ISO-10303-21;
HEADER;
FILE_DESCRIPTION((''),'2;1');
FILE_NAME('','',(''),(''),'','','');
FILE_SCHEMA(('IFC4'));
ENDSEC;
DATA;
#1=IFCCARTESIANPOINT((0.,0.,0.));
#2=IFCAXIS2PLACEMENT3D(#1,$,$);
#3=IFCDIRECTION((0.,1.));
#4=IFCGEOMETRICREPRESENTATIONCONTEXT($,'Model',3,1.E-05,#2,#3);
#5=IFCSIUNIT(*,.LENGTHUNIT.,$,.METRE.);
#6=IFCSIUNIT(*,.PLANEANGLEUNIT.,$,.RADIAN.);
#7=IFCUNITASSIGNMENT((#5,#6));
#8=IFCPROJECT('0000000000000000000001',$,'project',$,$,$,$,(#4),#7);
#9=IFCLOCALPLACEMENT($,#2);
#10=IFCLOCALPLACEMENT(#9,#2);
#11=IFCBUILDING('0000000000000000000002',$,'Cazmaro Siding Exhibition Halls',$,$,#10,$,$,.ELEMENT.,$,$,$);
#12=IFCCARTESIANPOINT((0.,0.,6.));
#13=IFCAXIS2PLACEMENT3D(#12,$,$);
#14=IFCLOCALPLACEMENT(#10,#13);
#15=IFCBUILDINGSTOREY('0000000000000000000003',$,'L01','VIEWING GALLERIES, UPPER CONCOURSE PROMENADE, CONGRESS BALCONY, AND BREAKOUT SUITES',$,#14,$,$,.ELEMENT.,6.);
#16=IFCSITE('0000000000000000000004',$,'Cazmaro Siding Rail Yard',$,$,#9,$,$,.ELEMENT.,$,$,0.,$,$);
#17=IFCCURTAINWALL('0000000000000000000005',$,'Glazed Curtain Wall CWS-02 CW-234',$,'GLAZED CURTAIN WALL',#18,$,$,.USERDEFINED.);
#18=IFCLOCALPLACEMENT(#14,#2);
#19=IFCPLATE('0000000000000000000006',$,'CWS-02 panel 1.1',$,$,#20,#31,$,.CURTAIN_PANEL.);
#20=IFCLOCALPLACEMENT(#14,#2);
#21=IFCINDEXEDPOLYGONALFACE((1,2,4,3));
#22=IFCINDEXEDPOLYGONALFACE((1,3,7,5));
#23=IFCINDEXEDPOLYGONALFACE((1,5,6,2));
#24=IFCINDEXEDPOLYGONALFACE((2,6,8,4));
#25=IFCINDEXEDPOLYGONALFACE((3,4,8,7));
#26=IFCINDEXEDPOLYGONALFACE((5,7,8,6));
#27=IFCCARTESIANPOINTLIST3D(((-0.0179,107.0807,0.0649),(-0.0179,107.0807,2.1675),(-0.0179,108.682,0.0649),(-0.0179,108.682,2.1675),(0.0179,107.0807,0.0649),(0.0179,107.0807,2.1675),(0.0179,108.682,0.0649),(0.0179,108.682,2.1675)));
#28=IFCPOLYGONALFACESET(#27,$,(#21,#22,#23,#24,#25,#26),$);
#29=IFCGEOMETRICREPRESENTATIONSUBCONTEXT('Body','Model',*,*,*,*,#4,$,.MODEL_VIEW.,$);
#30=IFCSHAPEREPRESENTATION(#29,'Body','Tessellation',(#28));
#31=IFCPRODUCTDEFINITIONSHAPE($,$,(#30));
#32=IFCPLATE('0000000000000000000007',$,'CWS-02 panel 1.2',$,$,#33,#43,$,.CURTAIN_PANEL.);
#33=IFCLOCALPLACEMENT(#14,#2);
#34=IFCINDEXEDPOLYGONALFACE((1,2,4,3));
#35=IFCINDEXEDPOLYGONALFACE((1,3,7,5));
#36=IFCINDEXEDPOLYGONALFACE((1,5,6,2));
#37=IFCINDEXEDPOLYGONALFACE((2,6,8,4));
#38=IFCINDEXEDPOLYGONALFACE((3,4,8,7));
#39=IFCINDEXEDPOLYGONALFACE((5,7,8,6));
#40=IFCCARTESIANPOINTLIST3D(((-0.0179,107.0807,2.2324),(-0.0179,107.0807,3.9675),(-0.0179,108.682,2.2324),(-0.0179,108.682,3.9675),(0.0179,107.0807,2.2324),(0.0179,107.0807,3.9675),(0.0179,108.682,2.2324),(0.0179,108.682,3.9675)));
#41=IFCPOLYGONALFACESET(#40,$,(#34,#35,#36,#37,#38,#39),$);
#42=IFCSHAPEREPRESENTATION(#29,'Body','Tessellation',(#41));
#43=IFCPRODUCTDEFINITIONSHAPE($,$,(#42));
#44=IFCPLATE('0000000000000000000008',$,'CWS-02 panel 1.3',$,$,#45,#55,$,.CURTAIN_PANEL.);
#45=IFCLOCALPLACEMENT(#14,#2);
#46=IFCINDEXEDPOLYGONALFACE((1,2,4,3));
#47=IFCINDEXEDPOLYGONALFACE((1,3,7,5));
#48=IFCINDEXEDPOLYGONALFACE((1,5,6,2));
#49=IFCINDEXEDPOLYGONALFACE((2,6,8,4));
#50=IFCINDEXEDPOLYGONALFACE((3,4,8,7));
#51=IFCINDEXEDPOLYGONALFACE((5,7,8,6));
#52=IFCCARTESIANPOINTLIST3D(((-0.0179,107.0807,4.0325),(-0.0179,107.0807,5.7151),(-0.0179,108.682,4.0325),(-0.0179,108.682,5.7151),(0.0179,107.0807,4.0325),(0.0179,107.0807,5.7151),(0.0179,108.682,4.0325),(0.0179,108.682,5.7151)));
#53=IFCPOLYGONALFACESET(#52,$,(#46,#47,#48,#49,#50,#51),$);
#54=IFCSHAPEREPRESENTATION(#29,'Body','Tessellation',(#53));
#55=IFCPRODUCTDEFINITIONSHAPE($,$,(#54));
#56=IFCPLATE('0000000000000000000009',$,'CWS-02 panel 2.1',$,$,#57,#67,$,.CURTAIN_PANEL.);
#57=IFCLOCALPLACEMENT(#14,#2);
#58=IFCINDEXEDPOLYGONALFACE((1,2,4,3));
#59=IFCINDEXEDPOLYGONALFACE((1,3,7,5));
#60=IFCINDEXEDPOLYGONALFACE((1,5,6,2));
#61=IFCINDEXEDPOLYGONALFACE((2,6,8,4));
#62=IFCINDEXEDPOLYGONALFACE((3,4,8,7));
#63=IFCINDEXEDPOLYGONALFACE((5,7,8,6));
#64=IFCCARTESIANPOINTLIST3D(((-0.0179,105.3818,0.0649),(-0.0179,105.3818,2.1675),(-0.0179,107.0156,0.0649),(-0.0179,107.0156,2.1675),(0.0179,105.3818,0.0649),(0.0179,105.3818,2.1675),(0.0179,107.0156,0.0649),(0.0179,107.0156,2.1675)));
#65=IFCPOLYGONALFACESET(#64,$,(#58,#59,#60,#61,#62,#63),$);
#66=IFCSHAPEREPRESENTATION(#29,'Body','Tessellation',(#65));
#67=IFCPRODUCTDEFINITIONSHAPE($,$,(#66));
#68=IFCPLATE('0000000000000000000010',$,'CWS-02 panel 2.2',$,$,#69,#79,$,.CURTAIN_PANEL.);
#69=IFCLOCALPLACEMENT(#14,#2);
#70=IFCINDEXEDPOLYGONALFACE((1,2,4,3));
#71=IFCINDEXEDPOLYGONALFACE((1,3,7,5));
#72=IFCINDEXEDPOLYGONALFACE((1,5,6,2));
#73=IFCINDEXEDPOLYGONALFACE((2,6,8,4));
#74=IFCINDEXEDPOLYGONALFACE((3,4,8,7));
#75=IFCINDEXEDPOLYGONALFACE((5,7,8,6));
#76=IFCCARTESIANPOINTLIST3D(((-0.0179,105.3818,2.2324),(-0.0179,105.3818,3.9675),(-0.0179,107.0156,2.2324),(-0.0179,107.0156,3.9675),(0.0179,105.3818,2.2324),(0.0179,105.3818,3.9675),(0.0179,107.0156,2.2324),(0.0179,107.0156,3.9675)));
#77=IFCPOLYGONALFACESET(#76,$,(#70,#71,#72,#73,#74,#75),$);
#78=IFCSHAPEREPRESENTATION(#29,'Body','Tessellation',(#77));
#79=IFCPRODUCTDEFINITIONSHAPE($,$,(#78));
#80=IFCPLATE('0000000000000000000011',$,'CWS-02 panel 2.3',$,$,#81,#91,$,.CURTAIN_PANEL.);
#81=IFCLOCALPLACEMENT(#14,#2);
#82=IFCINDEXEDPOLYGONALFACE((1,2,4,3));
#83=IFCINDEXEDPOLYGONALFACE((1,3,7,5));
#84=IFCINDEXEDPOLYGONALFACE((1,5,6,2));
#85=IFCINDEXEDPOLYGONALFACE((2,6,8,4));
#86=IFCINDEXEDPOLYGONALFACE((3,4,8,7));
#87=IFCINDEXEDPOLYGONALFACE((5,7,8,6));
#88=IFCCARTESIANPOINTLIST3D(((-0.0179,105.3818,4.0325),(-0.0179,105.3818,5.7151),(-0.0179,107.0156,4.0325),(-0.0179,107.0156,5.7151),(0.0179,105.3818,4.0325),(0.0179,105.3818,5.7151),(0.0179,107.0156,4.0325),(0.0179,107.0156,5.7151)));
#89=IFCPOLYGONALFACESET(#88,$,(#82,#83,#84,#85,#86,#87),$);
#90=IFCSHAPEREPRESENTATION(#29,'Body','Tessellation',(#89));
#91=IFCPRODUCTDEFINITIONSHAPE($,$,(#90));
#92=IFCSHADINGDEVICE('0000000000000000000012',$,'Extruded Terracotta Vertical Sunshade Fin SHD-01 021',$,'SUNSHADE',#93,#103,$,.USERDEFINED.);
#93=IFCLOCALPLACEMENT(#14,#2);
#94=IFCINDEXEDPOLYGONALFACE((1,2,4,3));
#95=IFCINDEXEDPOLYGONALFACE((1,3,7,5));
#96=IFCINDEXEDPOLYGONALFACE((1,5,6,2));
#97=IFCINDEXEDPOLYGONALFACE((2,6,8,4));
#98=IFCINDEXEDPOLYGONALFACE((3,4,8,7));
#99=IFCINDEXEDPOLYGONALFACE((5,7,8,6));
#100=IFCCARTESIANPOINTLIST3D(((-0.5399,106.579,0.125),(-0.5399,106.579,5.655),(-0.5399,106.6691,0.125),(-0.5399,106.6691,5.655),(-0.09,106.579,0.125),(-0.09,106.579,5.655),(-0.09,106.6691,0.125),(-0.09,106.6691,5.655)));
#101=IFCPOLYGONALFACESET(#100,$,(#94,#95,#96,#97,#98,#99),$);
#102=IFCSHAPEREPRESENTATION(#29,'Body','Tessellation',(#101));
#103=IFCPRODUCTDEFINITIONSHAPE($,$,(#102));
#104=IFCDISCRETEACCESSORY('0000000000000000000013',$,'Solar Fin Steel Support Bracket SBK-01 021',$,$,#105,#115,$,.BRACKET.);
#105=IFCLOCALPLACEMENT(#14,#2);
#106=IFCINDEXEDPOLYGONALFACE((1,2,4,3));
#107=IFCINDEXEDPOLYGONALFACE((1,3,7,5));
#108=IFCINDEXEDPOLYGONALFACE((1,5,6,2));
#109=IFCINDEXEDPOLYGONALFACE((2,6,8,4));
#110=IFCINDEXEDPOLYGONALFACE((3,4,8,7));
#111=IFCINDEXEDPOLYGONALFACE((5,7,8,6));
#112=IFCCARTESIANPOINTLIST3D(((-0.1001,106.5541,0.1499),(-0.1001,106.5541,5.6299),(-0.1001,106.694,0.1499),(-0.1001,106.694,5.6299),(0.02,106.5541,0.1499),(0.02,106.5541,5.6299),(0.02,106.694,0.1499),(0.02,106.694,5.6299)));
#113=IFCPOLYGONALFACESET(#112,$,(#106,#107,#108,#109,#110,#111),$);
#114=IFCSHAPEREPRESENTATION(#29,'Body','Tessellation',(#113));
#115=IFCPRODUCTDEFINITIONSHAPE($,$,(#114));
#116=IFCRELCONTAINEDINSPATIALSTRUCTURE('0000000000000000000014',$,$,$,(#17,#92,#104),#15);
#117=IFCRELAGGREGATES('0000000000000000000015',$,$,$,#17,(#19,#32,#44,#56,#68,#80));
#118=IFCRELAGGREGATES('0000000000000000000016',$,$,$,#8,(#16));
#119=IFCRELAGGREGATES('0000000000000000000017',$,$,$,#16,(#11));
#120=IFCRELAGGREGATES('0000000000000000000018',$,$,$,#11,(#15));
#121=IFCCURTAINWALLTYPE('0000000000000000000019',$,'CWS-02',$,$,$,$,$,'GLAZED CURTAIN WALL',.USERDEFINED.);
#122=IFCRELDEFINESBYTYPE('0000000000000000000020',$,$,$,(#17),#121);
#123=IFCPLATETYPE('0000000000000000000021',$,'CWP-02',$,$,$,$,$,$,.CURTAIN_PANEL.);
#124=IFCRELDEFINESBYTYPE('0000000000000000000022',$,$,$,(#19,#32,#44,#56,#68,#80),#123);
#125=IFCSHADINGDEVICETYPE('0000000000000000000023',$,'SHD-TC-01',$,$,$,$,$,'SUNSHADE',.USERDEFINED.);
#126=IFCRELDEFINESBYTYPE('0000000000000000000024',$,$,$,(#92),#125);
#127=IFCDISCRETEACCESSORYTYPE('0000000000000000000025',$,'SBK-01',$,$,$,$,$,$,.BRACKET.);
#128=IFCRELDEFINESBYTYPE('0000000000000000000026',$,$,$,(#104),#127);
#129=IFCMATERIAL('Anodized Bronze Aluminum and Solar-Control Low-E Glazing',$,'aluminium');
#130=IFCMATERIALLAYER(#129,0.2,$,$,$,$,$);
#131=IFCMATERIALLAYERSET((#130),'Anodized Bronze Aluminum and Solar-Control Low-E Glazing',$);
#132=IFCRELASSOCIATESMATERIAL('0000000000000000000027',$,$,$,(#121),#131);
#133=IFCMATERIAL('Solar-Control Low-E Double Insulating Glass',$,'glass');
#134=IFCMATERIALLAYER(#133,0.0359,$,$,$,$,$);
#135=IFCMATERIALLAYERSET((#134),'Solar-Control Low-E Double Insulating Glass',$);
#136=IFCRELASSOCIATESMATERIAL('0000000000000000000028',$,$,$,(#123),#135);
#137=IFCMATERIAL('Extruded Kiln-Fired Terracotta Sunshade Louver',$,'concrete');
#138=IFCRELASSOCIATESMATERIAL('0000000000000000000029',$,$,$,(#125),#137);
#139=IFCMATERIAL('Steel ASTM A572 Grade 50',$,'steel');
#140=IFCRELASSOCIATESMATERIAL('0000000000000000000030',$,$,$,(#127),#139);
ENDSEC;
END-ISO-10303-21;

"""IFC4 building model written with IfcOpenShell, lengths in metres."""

from ifc_helpers import new_model, si_unit, direction, frame, origin, origin_2d, place, context, subcontext, project, spatial, rectangle, extrude, material, layer, layer_set, type_object, element, aggregate, save


model = new_model("IFC4")

# Units and contexts
model_context = context("Model", 3, precision=1e-05, world=origin(), true_north=direction((0.0, 1.0)))
body_context = subcontext(model_context, "Body", "Model", "MODEL_VIEW")
ifc_project = project(units=[si_unit("LENGTHUNIT", "METRE"), si_unit("PLANEANGLEUNIT", "RADIAN")], contexts=[model_context])

# Site, building, storey
site_placement = place(None, origin())
site = spatial("IfcSite", under=ifc_project, at=site_placement, Name="Cazmaro Siding Rail Yard", CompositionType="ELEMENT", RefElevation=0.0)
building_placement = place(site_placement, origin())
building = spatial("IfcBuilding", under=site, at=building_placement, Name="Cazmaro Siding Exhibition Halls", CompositionType="ELEMENT")
storey_placement = place(building_placement, frame((0.0, 0.0, 6.0)))
storey = spatial("IfcBuildingStorey", under=building, at=storey_placement, Name="L01", Description="VIEWING GALLERIES, UPPER CONCOURSE PROMENADE, CONGRESS BALCONY, AND BREAKOUT SUITES", CompositionType="ELEMENT", Elevation=6.0)

# Curtain wall, plates
ifc_material_1 = material(Name="Anodized Bronze Aluminum and Solar-Control Low-E Glazing", Category="aluminium")
ifc_layer_1 = layer(ifc_material_1, 0.2)
ifc_layer_set_1 = layer_set([ifc_layer_1], Name="Anodized Bronze Aluminum and Solar-Control Low-E Glazing")
curtain_wall_type = type_object("IfcCurtainWallType", Name="CWS-02", ElementType="GLAZED CURTAIN WALL", PredefinedType="USERDEFINED", material=ifc_layer_set_1)
curtain_wall_placement = place(storey_placement, origin())
curtain_wall = element("IfcCurtainWall", 1, at=curtain_wall_placement, inside=storey, type_object=curtain_wall_type, Name="Glazed Curtain Wall CWS-02 CW-234", ObjectType="GLAZED CURTAIN WALL", PredefinedType="USERDEFINED")
ifc_material_2 = material(Name="Solar-Control Low-E Double Insulating Glass", Category="glass")
ifc_layer_2 = layer(ifc_material_2, 0.0359)
ifc_layer_set_2 = layer_set([ifc_layer_2], Name="Solar-Control Low-E Double Insulating Glass")
plate_type = type_object("IfcPlateType", Name="CWP-02", PredefinedType="CURTAIN_PANEL", material=ifc_layer_set_2)
plate_1_placement = place(storey_placement, frame((0.0, 107.8813, 0.0649), z_axis=(0.0, 0.0, 1.0), x_axis=(0.0, -1.0, 0.0)))
plate_1 = element("IfcPlate", 2, at=plate_1_placement, type_object=plate_type, Name="CWS-02 panel 1.1", PredefinedType="CURTAIN_PANEL", context=body_context, shape_type="SweptSolid", body=[
    extrude(rectangle(XDim=1.6013, YDim=0.0359, at=origin_2d()), origin(), (0.0, 0.0, 1.0), 2.1025),
])
plate_2_placement = place(storey_placement, frame((0.0, 107.8813, 2.2324), z_axis=(0.0, 0.0, 1.0), x_axis=(0.0, -1.0, 0.0)))
plate_2 = element("IfcPlate", 3, at=plate_2_placement, type_object=plate_type, Name="CWS-02 panel 1.2", PredefinedType="CURTAIN_PANEL", context=body_context, shape_type="SweptSolid", body=[
    extrude(rectangle(XDim=1.6013, YDim=0.0359, at=origin_2d()), origin(), (0.0, 0.0, 1.0), 1.7351),
])
plate_3_placement = place(storey_placement, frame((0.0, 107.8813, 4.0325), z_axis=(0.0, 0.0, 1.0), x_axis=(0.0, -1.0, 0.0)))
plate_3 = element("IfcPlate", 4, at=plate_3_placement, type_object=plate_type, Name="CWS-02 panel 1.3", PredefinedType="CURTAIN_PANEL", context=body_context, shape_type="SweptSolid", body=[
    extrude(rectangle(XDim=1.6013, YDim=0.0359, at=origin_2d()), origin(), (0.0, 0.0, 1.0), 1.6826),
])
plate_4_placement = place(storey_placement, frame((0.0, 106.1987, 0.0649), z_axis=(0.0, 0.0, 1.0), x_axis=(0.0, -1.0, 0.0)))
plate_4 = element("IfcPlate", 5, at=plate_4_placement, type_object=plate_type, Name="CWS-02 panel 2.1", PredefinedType="CURTAIN_PANEL", context=body_context, shape_type="SweptSolid", body=[
    extrude(rectangle(XDim=1.6338, YDim=0.0359, at=origin_2d()), origin(), (0.0, 0.0, 1.0), 2.1025),
])
plate_5_placement = place(storey_placement, frame((0.0, 106.1987, 2.2324), z_axis=(0.0, 0.0, 1.0), x_axis=(0.0, -1.0, 0.0)))
plate_5 = element("IfcPlate", 6, at=plate_5_placement, type_object=plate_type, Name="CWS-02 panel 2.2", PredefinedType="CURTAIN_PANEL", context=body_context, shape_type="SweptSolid", body=[
    extrude(rectangle(XDim=1.6338, YDim=0.0359, at=origin_2d()), origin(), (0.0, 0.0, 1.0), 1.7351),
])
plate_6_placement = place(storey_placement, frame((0.0, 106.1987, 4.0325), z_axis=(0.0, 0.0, 1.0), x_axis=(0.0, -1.0, 0.0)))
plate_6 = element("IfcPlate", 7, at=plate_6_placement, type_object=plate_type, Name="CWS-02 panel 2.3", PredefinedType="CURTAIN_PANEL", context=body_context, shape_type="SweptSolid", body=[
    extrude(rectangle(XDim=1.6338, YDim=0.0359, at=origin_2d()), origin(), (0.0, 0.0, 1.0), 1.6826),
])
aggregate(curtain_wall, [plate_1, plate_2, plate_3, plate_4, plate_5, plate_6])

# Shading device
ifc_material_3 = material(Name="Extruded Kiln-Fired Terracotta Sunshade Louver", Category="concrete")
shading_device_type = type_object("IfcShadingDeviceType", Name="SHD-TC-01", ElementType="SUNSHADE", PredefinedType="USERDEFINED", material=ifc_material_3)
shading_device_placement = place(storey_placement, frame((-0.3149, 106.624, 0.125), z_axis=(0.0, 0.0, 1.0), x_axis=(1.0, 0.0, 0.0)))
element("IfcShadingDevice", 8, at=shading_device_placement, inside=storey, type_object=shading_device_type, Name="Extruded Terracotta Vertical Sunshade Fin SHD-01 021", ObjectType="SUNSHADE", PredefinedType="USERDEFINED", context=body_context, shape_type="SweptSolid", body=[
    extrude(rectangle(XDim=0.45, YDim=0.0901, at=origin_2d()), origin(), (0.0, 0.0, 1.0), 5.53),
])

# Discrete accessory
ifc_material_4 = material(Name="Steel ASTM A572 Grade 50", Category="steel")
discrete_accessory_type = type_object("IfcDiscreteAccessoryType", Name="SBK-01", PredefinedType="BRACKET", material=ifc_material_4)
discrete_accessory_placement = place(storey_placement, frame((-0.04, 106.624, 0.1499), z_axis=(0.0, 0.0, 1.0), x_axis=(1.0, 0.0, 0.0)))
element("IfcDiscreteAccessory", 9, at=discrete_accessory_placement, inside=storey, type_object=discrete_accessory_type, Name="Solar Fin Steel Support Bracket SBK-01 021", PredefinedType="BRACKET", context=body_context, shape_type="SweptSolid", body=[
    extrude(rectangle(XDim=0.1201, YDim=0.1399, at=origin_2d()), origin(), (0.0, 0.0, 1.0), 5.48),
])

save(model, "model.ifc")
